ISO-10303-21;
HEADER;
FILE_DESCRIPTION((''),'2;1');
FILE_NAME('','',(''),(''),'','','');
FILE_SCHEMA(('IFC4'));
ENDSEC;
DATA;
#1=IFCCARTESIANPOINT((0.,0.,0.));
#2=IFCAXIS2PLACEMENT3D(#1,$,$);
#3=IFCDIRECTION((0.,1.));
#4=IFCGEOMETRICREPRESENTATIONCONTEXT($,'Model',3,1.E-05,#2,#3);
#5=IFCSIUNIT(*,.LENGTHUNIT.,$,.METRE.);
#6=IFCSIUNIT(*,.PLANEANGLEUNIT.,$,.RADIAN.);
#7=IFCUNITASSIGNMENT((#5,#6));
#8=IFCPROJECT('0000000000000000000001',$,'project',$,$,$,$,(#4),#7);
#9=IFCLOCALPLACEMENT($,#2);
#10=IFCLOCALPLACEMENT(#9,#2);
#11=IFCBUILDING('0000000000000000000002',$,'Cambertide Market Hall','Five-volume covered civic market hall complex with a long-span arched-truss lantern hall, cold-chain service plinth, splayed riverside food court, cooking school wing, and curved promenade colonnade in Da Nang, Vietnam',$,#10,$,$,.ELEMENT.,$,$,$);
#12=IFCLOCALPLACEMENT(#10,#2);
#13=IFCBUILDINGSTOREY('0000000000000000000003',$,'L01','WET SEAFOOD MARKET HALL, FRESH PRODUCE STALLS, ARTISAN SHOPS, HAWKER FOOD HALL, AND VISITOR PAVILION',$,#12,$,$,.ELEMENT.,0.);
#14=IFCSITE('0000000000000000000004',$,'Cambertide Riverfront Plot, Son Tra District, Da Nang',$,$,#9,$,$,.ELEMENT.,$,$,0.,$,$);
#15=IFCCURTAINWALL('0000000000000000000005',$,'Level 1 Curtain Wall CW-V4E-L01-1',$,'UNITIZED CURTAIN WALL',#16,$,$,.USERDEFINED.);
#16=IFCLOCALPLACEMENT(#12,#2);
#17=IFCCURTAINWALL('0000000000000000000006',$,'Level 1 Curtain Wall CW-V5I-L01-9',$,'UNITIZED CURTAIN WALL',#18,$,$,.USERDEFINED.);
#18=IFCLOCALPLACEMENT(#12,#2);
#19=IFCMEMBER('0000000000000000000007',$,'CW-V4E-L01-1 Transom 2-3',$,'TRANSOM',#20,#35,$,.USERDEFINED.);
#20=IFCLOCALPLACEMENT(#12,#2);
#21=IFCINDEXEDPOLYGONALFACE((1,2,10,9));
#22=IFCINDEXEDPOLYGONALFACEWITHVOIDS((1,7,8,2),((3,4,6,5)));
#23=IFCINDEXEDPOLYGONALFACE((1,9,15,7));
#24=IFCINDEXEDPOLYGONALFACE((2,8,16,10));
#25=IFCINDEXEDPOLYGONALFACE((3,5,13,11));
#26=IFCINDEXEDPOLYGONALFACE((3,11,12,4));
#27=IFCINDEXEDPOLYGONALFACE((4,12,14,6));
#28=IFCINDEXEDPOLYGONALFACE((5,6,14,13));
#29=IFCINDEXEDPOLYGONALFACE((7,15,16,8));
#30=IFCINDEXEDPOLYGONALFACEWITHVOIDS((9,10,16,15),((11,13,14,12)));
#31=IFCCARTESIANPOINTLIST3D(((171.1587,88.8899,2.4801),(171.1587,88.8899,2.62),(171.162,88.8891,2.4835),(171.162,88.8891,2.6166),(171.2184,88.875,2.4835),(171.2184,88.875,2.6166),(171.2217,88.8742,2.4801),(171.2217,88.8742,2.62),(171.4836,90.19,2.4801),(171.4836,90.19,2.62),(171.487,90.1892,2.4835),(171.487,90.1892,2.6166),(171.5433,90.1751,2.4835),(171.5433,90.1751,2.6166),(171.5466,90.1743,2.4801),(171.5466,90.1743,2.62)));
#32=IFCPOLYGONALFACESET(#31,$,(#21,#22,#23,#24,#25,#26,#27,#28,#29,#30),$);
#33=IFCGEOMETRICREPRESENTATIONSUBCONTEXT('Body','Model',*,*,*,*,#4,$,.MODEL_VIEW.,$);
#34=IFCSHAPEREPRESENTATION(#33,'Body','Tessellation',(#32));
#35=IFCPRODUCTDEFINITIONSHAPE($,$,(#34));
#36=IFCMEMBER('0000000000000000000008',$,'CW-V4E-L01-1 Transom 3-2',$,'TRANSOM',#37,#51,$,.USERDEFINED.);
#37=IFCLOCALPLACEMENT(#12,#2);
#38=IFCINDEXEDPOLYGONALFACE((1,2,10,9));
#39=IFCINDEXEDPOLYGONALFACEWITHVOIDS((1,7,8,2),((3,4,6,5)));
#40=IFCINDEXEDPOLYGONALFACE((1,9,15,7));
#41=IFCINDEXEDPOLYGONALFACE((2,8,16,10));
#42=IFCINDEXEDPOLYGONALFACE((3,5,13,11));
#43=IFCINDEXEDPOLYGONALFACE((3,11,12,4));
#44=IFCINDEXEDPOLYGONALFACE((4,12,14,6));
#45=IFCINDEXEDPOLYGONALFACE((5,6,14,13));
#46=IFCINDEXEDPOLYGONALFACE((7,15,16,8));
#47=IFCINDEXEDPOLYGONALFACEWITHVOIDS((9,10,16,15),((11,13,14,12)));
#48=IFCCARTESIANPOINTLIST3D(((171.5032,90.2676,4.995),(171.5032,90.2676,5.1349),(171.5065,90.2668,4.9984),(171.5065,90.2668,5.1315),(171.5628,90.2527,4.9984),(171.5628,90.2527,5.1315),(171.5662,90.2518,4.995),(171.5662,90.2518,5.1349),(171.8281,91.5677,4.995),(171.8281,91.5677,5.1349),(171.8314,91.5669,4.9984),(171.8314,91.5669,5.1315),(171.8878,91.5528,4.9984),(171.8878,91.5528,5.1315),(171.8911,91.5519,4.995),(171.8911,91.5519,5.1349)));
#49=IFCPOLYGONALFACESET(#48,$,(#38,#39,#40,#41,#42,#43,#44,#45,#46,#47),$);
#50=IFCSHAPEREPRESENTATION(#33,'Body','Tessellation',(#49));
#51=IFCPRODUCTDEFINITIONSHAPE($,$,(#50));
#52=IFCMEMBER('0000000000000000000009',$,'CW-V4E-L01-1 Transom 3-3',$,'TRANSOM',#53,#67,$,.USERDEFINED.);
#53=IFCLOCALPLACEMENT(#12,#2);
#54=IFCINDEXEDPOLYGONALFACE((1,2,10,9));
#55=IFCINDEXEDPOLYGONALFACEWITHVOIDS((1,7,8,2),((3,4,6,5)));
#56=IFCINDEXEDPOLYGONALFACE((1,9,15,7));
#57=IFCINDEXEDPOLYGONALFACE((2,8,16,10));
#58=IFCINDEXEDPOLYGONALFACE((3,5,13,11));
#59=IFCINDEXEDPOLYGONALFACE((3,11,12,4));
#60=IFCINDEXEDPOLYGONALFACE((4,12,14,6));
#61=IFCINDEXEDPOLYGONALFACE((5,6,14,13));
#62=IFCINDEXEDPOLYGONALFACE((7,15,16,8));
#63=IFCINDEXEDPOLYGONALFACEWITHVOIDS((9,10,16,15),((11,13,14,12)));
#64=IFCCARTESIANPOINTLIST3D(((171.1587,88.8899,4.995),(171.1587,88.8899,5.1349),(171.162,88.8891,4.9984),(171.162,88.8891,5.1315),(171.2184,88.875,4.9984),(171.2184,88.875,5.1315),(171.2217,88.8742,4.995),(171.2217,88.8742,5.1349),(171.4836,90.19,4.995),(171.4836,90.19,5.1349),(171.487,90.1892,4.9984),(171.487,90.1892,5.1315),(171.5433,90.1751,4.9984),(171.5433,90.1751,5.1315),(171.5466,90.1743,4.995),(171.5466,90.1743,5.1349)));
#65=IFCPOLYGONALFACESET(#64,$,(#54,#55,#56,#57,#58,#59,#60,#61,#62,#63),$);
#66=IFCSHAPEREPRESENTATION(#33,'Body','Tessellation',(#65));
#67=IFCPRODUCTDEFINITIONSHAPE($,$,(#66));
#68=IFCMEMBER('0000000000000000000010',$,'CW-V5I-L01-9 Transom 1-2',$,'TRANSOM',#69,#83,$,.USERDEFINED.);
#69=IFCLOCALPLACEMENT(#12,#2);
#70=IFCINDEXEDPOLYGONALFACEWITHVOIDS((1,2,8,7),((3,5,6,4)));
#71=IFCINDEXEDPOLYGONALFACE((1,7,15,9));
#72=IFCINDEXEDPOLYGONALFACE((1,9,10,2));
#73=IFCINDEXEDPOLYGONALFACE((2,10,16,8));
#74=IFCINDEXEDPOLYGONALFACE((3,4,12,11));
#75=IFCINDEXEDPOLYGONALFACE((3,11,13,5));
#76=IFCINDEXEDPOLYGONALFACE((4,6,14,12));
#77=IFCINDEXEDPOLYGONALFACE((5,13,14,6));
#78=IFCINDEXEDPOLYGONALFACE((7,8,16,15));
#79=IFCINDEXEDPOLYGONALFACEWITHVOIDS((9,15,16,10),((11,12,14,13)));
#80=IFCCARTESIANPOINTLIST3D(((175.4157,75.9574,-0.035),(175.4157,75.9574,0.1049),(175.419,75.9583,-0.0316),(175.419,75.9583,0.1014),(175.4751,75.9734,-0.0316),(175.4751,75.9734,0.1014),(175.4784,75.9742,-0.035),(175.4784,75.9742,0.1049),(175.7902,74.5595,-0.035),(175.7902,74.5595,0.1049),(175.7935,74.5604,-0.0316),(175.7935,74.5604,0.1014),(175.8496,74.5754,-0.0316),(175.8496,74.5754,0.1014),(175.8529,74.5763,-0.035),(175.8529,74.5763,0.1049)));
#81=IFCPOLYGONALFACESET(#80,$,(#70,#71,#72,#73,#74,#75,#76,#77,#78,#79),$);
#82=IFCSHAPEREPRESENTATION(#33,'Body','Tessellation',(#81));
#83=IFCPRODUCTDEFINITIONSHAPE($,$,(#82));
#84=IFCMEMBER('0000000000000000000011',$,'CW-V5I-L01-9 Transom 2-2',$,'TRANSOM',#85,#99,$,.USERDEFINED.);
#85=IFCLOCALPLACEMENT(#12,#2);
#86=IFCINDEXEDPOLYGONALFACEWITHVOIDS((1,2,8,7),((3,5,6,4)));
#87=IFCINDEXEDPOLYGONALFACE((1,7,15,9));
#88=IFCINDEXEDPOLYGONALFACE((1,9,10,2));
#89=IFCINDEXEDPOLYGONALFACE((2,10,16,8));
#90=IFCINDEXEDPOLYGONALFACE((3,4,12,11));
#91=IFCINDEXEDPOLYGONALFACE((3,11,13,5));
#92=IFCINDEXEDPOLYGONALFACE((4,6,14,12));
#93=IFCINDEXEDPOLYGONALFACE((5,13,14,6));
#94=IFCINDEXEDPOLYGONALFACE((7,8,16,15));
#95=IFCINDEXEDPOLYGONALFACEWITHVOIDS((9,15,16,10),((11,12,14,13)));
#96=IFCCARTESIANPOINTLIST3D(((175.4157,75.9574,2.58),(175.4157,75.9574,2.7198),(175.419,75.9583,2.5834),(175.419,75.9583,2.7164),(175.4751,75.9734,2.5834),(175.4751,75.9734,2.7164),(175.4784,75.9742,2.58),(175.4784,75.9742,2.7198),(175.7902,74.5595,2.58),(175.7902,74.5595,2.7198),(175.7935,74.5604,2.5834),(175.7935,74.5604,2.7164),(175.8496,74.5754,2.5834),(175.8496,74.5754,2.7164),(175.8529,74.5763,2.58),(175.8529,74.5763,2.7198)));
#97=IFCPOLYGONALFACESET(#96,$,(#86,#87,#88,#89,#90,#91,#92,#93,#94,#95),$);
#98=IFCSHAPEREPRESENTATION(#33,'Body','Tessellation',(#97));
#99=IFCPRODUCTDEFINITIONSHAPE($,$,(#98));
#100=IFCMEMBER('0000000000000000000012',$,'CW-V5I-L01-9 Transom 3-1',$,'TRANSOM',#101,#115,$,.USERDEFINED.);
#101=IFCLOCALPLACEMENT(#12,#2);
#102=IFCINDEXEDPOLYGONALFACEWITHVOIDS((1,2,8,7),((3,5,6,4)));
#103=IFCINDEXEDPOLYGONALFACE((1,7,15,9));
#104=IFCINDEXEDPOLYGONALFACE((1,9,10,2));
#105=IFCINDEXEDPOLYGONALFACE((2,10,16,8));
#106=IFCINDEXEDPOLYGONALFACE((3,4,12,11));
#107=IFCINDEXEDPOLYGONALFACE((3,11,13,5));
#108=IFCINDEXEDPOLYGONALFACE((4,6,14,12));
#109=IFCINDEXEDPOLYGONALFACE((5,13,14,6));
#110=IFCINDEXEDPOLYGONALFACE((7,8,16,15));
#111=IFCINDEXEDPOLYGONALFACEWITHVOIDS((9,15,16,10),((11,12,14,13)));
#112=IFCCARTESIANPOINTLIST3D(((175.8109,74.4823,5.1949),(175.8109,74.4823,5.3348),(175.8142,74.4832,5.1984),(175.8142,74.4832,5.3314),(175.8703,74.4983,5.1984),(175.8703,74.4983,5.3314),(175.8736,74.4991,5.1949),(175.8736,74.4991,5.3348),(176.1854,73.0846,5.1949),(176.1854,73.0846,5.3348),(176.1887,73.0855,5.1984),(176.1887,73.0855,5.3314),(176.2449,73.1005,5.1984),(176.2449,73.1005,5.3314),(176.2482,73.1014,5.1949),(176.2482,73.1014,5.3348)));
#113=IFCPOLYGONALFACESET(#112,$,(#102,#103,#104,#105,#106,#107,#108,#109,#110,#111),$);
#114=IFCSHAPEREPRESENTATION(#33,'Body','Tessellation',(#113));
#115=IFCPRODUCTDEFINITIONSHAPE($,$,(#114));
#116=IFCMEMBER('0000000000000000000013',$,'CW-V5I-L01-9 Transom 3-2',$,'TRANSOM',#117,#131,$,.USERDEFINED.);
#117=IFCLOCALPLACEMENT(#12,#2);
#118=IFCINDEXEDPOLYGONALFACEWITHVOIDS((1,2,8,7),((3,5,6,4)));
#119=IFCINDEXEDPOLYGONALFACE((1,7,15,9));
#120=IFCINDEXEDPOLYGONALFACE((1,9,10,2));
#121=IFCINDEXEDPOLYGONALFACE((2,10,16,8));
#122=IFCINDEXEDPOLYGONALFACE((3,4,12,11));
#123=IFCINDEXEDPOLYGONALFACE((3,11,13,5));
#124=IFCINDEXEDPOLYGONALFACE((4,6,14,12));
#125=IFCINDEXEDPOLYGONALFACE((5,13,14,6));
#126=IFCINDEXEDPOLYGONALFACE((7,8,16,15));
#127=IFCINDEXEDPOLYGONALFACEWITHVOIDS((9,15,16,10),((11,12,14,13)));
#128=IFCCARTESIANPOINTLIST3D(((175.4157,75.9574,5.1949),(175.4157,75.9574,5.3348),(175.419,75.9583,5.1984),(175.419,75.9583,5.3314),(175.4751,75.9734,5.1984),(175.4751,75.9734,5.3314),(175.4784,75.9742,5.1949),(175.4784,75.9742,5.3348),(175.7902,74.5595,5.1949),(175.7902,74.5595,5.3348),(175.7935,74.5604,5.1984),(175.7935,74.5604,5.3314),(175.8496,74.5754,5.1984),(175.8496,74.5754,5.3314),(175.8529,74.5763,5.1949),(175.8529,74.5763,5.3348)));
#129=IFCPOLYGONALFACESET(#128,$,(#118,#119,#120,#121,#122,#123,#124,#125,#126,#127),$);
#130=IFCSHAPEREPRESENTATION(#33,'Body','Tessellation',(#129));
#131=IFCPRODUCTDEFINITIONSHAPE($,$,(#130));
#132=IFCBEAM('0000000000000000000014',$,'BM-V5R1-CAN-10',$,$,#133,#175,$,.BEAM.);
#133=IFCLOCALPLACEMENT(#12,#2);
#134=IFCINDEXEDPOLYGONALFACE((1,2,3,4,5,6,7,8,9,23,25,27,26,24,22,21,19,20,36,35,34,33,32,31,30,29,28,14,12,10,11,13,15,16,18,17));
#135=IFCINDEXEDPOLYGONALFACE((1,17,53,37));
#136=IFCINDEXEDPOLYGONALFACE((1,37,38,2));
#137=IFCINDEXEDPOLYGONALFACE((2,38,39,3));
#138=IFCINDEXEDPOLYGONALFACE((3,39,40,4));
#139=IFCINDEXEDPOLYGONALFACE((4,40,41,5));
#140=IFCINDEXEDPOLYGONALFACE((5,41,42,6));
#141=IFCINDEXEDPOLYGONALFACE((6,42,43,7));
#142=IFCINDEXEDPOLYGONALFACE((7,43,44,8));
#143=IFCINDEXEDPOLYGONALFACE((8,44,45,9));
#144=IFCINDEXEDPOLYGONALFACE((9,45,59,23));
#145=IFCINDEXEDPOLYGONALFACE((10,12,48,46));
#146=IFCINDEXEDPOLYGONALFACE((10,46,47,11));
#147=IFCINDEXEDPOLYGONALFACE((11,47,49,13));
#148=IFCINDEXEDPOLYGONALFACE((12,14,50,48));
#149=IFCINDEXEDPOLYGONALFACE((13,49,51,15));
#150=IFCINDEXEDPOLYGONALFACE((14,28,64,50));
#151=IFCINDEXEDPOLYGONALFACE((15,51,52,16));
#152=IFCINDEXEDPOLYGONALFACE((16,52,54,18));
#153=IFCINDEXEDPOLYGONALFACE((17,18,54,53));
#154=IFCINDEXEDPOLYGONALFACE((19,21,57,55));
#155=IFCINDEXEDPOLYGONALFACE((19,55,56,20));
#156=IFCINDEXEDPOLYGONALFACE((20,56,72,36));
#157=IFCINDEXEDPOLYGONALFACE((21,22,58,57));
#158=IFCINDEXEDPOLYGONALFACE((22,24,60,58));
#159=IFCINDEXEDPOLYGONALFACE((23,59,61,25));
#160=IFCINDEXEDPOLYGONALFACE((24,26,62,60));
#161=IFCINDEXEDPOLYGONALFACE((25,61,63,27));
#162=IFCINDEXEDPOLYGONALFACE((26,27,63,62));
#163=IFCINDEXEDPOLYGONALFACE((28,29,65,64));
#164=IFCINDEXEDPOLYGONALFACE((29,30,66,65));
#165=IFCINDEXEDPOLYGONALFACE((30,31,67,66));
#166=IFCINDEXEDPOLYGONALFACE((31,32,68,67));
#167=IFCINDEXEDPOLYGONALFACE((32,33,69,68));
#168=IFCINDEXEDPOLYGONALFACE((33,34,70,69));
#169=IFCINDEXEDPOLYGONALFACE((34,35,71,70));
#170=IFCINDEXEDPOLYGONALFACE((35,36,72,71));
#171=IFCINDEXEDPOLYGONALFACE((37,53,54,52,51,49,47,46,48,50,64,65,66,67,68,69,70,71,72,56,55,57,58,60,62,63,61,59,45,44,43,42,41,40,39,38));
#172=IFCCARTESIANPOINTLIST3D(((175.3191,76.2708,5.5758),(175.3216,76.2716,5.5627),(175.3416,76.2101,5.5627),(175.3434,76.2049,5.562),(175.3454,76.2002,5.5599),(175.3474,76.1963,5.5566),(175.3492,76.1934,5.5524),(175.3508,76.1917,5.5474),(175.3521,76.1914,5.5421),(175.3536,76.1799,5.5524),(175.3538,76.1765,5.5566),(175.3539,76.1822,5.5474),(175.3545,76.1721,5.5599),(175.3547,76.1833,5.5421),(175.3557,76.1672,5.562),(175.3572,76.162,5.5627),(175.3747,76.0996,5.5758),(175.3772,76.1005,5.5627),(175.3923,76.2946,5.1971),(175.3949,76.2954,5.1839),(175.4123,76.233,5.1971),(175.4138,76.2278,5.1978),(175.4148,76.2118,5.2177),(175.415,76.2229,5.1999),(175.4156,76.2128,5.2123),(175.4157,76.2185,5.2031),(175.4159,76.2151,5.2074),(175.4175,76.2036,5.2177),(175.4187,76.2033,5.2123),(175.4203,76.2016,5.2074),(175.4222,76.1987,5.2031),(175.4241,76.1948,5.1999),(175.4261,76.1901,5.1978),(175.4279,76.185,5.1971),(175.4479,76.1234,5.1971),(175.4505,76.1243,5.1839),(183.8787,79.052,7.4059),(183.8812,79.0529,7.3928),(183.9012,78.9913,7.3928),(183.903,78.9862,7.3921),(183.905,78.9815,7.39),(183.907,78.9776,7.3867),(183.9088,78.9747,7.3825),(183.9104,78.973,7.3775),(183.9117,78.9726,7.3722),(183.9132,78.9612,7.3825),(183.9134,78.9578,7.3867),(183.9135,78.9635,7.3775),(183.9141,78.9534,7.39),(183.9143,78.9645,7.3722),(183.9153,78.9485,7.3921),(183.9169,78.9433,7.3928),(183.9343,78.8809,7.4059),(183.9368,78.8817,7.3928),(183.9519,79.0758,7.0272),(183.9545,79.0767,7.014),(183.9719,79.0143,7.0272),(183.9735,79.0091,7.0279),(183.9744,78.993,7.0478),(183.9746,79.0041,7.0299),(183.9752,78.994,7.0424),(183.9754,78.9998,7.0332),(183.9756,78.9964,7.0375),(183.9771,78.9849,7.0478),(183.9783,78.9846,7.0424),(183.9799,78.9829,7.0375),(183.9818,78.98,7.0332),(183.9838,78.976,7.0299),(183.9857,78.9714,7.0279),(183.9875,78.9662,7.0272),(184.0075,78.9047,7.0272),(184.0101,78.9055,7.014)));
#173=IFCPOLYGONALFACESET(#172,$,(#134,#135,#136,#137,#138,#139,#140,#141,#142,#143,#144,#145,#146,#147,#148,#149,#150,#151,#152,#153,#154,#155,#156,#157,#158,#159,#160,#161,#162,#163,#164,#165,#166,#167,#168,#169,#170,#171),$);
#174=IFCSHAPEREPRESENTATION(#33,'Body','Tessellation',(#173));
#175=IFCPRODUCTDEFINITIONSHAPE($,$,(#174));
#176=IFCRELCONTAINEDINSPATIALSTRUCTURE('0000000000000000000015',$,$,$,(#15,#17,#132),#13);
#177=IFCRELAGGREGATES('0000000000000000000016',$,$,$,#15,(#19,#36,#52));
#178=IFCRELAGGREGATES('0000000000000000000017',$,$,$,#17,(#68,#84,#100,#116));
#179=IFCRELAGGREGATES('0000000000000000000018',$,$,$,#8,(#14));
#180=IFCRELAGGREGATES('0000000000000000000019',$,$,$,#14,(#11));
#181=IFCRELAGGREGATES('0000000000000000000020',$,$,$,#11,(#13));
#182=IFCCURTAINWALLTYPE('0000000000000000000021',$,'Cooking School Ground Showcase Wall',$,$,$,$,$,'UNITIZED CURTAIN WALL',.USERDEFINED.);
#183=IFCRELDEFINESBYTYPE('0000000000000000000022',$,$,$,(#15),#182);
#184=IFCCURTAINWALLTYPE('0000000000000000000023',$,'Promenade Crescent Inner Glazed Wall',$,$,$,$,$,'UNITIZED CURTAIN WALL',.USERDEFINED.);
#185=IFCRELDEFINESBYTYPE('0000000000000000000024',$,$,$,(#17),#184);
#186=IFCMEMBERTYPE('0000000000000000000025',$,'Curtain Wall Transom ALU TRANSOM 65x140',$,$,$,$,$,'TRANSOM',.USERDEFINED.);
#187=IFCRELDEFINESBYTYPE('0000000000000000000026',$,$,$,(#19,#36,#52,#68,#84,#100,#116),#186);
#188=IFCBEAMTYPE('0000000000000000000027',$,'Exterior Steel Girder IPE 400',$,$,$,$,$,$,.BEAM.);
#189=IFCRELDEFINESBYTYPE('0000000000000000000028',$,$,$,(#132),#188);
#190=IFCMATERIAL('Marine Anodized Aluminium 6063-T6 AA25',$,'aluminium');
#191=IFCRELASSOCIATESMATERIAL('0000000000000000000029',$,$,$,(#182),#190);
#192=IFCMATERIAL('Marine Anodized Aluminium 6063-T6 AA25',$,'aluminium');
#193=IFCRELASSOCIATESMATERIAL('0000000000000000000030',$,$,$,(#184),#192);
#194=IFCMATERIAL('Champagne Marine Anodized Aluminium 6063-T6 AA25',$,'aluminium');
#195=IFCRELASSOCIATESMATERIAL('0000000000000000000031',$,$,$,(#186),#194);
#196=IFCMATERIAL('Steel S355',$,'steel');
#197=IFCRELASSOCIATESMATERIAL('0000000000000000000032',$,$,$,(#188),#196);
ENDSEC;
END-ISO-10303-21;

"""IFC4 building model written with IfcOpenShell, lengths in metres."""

from ifc_helpers import new_model, si_unit, direction, frame, origin, origin_2d, place, context, subcontext, project, spatial, hollow_rectangle, i_section, extrude, material, material_profile, profile_set, type_object, element, aggregate, save


model = new_model("IFC4")

# Units and contexts
model_context = context("Model", 3, precision=1e-05, world=origin(), true_north=direction((0.0, 1.0)))
body_context = subcontext(model_context, "Body", "Model", "MODEL_VIEW")
ifc_project = project(units=[si_unit("LENGTHUNIT", "METRE"), si_unit("PLANEANGLEUNIT", "RADIAN")], contexts=[model_context])

# Site, building, storey
site_placement = place(None, origin())
site = spatial("IfcSite", under=ifc_project, at=site_placement, Name="Cambertide Riverfront Plot, Son Tra District, Da Nang", CompositionType="ELEMENT", RefElevation=0.0)
building_placement = place(site_placement, origin())
building = spatial("IfcBuilding", under=site, at=building_placement, Name="Cambertide Market Hall", Description="Five-volume covered civic market hall complex with a long-span arched-truss lantern hall, cold-chain service plinth, splayed riverside food court, cooking school wing, and curved promenade colonnade in Da Nang, Vietnam", CompositionType="ELEMENT")
storey_placement = place(building_placement, origin())
storey = spatial("IfcBuildingStorey", under=building, at=storey_placement, Name="L01", Description="WET SEAFOOD MARKET HALL, FRESH PRODUCE STALLS, ARTISAN SHOPS, HAWKER FOOD HALL, AND VISITOR PAVILION", CompositionType="ELEMENT", Elevation=0.0)

# Curtain walls
ifc_material_1 = material(Name="Marine Anodized Aluminium 6063-T6 AA25", Category="aluminium")
curtain_wall_type_1 = type_object("IfcCurtainWallType", Name="Cooking School Ground Showcase Wall", ElementType="UNITIZED CURTAIN WALL", PredefinedType="USERDEFINED", material=ifc_material_1)
curtain_wall_1_placement = place(storey_placement, origin())
curtain_wall_1 = element("IfcCurtainWall", 1, at=curtain_wall_1_placement, inside=storey, type_object=curtain_wall_type_1, Name="Level 1 Curtain Wall CW-V4E-L01-1", ObjectType="UNITIZED CURTAIN WALL", PredefinedType="USERDEFINED")
ifc_material_2 = material(Name="Marine Anodized Aluminium 6063-T6 AA25", Category="aluminium")
curtain_wall_type_2 = type_object("IfcCurtainWallType", Name="Promenade Crescent Inner Glazed Wall", ElementType="UNITIZED CURTAIN WALL", PredefinedType="USERDEFINED", material=ifc_material_2)
curtain_wall_2_placement = place(storey_placement, origin())
curtain_wall_2 = element("IfcCurtainWall", 2, at=curtain_wall_2_placement, inside=storey, type_object=curtain_wall_type_2, Name="Level 1 Curtain Wall CW-V5I-L01-9", ObjectType="UNITIZED CURTAIN WALL", PredefinedType="USERDEFINED")

# Members
ifc_material_3 = material(Name="Champagne Marine Anodized Aluminium 6063-T6 AA25", Category="aluminium")
ifc_material_profile_1 = material_profile(ifc_material_3, hollow_rectangle(XDim=0.0649, YDim=0.1399, WallThickness=0.0034, at=origin_2d()), Name="ALU TRANSOM 65x140")
ifc_profile_set_1 = profile_set([ifc_material_profile_1], Name="Champagne Marine Anodized Aluminium 6063-T6 AA25")
member_type_1 = type_object("IfcMemberType", Name="Curtain Wall Transom ALU TRANSOM 65x140", ElementType="TRANSOM", PredefinedType="USERDEFINED", material=ifc_profile_set_1)
member_1_placement = place(storey_placement, frame((171.5151, 90.1821, 2.55), z_axis=(-0.242493, -0.970153, 0.0), x_axis=(0.970153, -0.242493, 0.0)))
member_1 = element("IfcMember", 3, at=member_1_placement, type_object=member_type_1, Name="CW-V4E-L01-1 Transom 2-3", ObjectType="TRANSOM", PredefinedType="USERDEFINED", context=body_context, shape_type="SweptSolid", body=[
    extrude(hollow_rectangle(XDim=0.0649, YDim=0.1399, WallThickness=0.0034, at=origin_2d()), origin(), (0.0, 0.0, 1.0), 1.3401),
])
member_2_placement = place(storey_placement, frame((171.8596, 91.5598, 5.0649), z_axis=(-0.242493, -0.970153, 0.0), x_axis=(0.970153, -0.242493, 0.0)))
member_2 = element("IfcMember", 4, at=member_2_placement, type_object=member_type_1, Name="CW-V4E-L01-1 Transom 3-2", ObjectType="TRANSOM", PredefinedType="USERDEFINED", context=body_context, shape_type="SweptSolid", body=[
    extrude(hollow_rectangle(XDim=0.0649, YDim=0.1399, WallThickness=0.0034, at=origin_2d()), origin(), (0.0, 0.0, 1.0), 1.3401),
])
member_3_placement = place(storey_placement, frame((171.5151, 90.1821, 5.0649), z_axis=(-0.242493, -0.970153, 0.0), x_axis=(0.970153, -0.242493, 0.0)))
member_3 = element("IfcMember", 5, at=member_3_placement, type_object=member_type_1, Name="CW-V4E-L01-1 Transom 3-3", ObjectType="TRANSOM", PredefinedType="USERDEFINED", context=body_context, shape_type="SweptSolid", body=[
    extrude(hollow_rectangle(XDim=0.0649, YDim=0.1399, WallThickness=0.0034, at=origin_2d()), origin(), (0.0, 0.0, 1.0), 1.3401),
])
member_4_placement = place(storey_placement, frame((175.8215, 74.5679, 0.0349), z_axis=(-0.258775, 0.965938, 0.0), x_axis=(-0.965938, -0.258775, 0.0)))
member_4 = element("IfcMember", 6, at=member_4_placement, type_object=member_type_1, Name="CW-V5I-L01-9 Transom 1-2", ObjectType="TRANSOM", PredefinedType="USERDEFINED", context=body_context, shape_type="SweptSolid", body=[
    extrude(hollow_rectangle(XDim=0.0649, YDim=0.1399, WallThickness=0.0034, at=origin_2d()), origin(), (0.0, 0.0, 1.0), 1.4473),
])
member_5_placement = place(storey_placement, frame((175.8215, 74.5679, 2.6499), z_axis=(-0.258775, 0.965938, 0.0), x_axis=(-0.965938, -0.258775, 0.0)))
member_5 = element("IfcMember", 7, at=member_5_placement, type_object=member_type_1, Name="CW-V5I-L01-9 Transom 2-2", ObjectType="TRANSOM", PredefinedType="USERDEFINED", context=body_context, shape_type="SweptSolid", body=[
    extrude(hollow_rectangle(XDim=0.0649, YDim=0.1399, WallThickness=0.0034, at=origin_2d()), origin(), (0.0, 0.0, 1.0), 1.4473),
])
member_6_placement = place(storey_placement, frame((176.2168, 73.093, 5.2649), z_axis=(-0.258818, 0.965926, 0.0), x_axis=(-0.965926, -0.258818, 0.0)))
member_6 = element("IfcMember", 8, at=member_6_placement, type_object=member_type_1, Name="CW-V5I-L01-9 Transom 3-1", ObjectType="TRANSOM", PredefinedType="USERDEFINED", context=body_context, shape_type="SweptSolid", body=[
    extrude(hollow_rectangle(XDim=0.0649, YDim=0.1399, WallThickness=0.0034, at=origin_2d()), origin(), (0.0, 0.0, 1.0), 1.447),
])
member_7_placement = place(storey_placement, frame((175.8215, 74.5679, 5.2649), z_axis=(-0.258775, 0.965938, 0.0), x_axis=(-0.965938, -0.258775, 0.0)))
member_7 = element("IfcMember", 9, at=member_7_placement, type_object=member_type_1, Name="CW-V5I-L01-9 Transom 3-2", ObjectType="TRANSOM", PredefinedType="USERDEFINED", context=body_context, shape_type="SweptSolid", body=[
    extrude(hollow_rectangle(XDim=0.0649, YDim=0.1399, WallThickness=0.0034, at=origin_2d()), origin(), (0.0, 0.0, 1.0), 1.4473),
])

# Beam
ifc_material_4 = material(Name="Steel S355", Category="steel")
ifc_material_profile_2 = material_profile(ifc_material_4, i_section(OverallWidth=0.1799, OverallDepth=0.3999, WebThickness=0.0085, FlangeThickness=0.0134, FilletRadius=0.021, at=origin_2d()), Name="IPE 400")
ifc_profile_set_2 = profile_set([ifc_material_profile_2], Name="Steel S355")
beam_type_1 = type_object("IfcBeamType", Name="Exterior Steel Girder IPE 400", PredefinedType="BEAM", material=ifc_profile_set_2)
beam_1_placement = place(storey_placement, frame((175.3848, 76.1975, 5.3799), z_axis=(0.931982, 0.302828, 0.199262), x_axis=(-0.309025, 0.951054, 0.0)))
element("IfcBeam", 10, at=beam_1_placement, inside=storey, type_object=beam_type_1, Name="BM-V5R1-CAN-10", PredefinedType="BEAM", context=body_context, shape_type="SweptSolid", body=[
    extrude(i_section(OverallWidth=0.1799, OverallDepth=0.3999, WebThickness=0.0085, FlangeThickness=0.0134, FilletRadius=0.021, at=origin_2d()), origin(), (0.0, 0.0, 1.0), 9.1843),
])

aggregate(curtain_wall_1, [member_1, member_2, member_3])
aggregate(curtain_wall_2, [member_4, member_5, member_6, member_7])

save(model, "model.ifc")
